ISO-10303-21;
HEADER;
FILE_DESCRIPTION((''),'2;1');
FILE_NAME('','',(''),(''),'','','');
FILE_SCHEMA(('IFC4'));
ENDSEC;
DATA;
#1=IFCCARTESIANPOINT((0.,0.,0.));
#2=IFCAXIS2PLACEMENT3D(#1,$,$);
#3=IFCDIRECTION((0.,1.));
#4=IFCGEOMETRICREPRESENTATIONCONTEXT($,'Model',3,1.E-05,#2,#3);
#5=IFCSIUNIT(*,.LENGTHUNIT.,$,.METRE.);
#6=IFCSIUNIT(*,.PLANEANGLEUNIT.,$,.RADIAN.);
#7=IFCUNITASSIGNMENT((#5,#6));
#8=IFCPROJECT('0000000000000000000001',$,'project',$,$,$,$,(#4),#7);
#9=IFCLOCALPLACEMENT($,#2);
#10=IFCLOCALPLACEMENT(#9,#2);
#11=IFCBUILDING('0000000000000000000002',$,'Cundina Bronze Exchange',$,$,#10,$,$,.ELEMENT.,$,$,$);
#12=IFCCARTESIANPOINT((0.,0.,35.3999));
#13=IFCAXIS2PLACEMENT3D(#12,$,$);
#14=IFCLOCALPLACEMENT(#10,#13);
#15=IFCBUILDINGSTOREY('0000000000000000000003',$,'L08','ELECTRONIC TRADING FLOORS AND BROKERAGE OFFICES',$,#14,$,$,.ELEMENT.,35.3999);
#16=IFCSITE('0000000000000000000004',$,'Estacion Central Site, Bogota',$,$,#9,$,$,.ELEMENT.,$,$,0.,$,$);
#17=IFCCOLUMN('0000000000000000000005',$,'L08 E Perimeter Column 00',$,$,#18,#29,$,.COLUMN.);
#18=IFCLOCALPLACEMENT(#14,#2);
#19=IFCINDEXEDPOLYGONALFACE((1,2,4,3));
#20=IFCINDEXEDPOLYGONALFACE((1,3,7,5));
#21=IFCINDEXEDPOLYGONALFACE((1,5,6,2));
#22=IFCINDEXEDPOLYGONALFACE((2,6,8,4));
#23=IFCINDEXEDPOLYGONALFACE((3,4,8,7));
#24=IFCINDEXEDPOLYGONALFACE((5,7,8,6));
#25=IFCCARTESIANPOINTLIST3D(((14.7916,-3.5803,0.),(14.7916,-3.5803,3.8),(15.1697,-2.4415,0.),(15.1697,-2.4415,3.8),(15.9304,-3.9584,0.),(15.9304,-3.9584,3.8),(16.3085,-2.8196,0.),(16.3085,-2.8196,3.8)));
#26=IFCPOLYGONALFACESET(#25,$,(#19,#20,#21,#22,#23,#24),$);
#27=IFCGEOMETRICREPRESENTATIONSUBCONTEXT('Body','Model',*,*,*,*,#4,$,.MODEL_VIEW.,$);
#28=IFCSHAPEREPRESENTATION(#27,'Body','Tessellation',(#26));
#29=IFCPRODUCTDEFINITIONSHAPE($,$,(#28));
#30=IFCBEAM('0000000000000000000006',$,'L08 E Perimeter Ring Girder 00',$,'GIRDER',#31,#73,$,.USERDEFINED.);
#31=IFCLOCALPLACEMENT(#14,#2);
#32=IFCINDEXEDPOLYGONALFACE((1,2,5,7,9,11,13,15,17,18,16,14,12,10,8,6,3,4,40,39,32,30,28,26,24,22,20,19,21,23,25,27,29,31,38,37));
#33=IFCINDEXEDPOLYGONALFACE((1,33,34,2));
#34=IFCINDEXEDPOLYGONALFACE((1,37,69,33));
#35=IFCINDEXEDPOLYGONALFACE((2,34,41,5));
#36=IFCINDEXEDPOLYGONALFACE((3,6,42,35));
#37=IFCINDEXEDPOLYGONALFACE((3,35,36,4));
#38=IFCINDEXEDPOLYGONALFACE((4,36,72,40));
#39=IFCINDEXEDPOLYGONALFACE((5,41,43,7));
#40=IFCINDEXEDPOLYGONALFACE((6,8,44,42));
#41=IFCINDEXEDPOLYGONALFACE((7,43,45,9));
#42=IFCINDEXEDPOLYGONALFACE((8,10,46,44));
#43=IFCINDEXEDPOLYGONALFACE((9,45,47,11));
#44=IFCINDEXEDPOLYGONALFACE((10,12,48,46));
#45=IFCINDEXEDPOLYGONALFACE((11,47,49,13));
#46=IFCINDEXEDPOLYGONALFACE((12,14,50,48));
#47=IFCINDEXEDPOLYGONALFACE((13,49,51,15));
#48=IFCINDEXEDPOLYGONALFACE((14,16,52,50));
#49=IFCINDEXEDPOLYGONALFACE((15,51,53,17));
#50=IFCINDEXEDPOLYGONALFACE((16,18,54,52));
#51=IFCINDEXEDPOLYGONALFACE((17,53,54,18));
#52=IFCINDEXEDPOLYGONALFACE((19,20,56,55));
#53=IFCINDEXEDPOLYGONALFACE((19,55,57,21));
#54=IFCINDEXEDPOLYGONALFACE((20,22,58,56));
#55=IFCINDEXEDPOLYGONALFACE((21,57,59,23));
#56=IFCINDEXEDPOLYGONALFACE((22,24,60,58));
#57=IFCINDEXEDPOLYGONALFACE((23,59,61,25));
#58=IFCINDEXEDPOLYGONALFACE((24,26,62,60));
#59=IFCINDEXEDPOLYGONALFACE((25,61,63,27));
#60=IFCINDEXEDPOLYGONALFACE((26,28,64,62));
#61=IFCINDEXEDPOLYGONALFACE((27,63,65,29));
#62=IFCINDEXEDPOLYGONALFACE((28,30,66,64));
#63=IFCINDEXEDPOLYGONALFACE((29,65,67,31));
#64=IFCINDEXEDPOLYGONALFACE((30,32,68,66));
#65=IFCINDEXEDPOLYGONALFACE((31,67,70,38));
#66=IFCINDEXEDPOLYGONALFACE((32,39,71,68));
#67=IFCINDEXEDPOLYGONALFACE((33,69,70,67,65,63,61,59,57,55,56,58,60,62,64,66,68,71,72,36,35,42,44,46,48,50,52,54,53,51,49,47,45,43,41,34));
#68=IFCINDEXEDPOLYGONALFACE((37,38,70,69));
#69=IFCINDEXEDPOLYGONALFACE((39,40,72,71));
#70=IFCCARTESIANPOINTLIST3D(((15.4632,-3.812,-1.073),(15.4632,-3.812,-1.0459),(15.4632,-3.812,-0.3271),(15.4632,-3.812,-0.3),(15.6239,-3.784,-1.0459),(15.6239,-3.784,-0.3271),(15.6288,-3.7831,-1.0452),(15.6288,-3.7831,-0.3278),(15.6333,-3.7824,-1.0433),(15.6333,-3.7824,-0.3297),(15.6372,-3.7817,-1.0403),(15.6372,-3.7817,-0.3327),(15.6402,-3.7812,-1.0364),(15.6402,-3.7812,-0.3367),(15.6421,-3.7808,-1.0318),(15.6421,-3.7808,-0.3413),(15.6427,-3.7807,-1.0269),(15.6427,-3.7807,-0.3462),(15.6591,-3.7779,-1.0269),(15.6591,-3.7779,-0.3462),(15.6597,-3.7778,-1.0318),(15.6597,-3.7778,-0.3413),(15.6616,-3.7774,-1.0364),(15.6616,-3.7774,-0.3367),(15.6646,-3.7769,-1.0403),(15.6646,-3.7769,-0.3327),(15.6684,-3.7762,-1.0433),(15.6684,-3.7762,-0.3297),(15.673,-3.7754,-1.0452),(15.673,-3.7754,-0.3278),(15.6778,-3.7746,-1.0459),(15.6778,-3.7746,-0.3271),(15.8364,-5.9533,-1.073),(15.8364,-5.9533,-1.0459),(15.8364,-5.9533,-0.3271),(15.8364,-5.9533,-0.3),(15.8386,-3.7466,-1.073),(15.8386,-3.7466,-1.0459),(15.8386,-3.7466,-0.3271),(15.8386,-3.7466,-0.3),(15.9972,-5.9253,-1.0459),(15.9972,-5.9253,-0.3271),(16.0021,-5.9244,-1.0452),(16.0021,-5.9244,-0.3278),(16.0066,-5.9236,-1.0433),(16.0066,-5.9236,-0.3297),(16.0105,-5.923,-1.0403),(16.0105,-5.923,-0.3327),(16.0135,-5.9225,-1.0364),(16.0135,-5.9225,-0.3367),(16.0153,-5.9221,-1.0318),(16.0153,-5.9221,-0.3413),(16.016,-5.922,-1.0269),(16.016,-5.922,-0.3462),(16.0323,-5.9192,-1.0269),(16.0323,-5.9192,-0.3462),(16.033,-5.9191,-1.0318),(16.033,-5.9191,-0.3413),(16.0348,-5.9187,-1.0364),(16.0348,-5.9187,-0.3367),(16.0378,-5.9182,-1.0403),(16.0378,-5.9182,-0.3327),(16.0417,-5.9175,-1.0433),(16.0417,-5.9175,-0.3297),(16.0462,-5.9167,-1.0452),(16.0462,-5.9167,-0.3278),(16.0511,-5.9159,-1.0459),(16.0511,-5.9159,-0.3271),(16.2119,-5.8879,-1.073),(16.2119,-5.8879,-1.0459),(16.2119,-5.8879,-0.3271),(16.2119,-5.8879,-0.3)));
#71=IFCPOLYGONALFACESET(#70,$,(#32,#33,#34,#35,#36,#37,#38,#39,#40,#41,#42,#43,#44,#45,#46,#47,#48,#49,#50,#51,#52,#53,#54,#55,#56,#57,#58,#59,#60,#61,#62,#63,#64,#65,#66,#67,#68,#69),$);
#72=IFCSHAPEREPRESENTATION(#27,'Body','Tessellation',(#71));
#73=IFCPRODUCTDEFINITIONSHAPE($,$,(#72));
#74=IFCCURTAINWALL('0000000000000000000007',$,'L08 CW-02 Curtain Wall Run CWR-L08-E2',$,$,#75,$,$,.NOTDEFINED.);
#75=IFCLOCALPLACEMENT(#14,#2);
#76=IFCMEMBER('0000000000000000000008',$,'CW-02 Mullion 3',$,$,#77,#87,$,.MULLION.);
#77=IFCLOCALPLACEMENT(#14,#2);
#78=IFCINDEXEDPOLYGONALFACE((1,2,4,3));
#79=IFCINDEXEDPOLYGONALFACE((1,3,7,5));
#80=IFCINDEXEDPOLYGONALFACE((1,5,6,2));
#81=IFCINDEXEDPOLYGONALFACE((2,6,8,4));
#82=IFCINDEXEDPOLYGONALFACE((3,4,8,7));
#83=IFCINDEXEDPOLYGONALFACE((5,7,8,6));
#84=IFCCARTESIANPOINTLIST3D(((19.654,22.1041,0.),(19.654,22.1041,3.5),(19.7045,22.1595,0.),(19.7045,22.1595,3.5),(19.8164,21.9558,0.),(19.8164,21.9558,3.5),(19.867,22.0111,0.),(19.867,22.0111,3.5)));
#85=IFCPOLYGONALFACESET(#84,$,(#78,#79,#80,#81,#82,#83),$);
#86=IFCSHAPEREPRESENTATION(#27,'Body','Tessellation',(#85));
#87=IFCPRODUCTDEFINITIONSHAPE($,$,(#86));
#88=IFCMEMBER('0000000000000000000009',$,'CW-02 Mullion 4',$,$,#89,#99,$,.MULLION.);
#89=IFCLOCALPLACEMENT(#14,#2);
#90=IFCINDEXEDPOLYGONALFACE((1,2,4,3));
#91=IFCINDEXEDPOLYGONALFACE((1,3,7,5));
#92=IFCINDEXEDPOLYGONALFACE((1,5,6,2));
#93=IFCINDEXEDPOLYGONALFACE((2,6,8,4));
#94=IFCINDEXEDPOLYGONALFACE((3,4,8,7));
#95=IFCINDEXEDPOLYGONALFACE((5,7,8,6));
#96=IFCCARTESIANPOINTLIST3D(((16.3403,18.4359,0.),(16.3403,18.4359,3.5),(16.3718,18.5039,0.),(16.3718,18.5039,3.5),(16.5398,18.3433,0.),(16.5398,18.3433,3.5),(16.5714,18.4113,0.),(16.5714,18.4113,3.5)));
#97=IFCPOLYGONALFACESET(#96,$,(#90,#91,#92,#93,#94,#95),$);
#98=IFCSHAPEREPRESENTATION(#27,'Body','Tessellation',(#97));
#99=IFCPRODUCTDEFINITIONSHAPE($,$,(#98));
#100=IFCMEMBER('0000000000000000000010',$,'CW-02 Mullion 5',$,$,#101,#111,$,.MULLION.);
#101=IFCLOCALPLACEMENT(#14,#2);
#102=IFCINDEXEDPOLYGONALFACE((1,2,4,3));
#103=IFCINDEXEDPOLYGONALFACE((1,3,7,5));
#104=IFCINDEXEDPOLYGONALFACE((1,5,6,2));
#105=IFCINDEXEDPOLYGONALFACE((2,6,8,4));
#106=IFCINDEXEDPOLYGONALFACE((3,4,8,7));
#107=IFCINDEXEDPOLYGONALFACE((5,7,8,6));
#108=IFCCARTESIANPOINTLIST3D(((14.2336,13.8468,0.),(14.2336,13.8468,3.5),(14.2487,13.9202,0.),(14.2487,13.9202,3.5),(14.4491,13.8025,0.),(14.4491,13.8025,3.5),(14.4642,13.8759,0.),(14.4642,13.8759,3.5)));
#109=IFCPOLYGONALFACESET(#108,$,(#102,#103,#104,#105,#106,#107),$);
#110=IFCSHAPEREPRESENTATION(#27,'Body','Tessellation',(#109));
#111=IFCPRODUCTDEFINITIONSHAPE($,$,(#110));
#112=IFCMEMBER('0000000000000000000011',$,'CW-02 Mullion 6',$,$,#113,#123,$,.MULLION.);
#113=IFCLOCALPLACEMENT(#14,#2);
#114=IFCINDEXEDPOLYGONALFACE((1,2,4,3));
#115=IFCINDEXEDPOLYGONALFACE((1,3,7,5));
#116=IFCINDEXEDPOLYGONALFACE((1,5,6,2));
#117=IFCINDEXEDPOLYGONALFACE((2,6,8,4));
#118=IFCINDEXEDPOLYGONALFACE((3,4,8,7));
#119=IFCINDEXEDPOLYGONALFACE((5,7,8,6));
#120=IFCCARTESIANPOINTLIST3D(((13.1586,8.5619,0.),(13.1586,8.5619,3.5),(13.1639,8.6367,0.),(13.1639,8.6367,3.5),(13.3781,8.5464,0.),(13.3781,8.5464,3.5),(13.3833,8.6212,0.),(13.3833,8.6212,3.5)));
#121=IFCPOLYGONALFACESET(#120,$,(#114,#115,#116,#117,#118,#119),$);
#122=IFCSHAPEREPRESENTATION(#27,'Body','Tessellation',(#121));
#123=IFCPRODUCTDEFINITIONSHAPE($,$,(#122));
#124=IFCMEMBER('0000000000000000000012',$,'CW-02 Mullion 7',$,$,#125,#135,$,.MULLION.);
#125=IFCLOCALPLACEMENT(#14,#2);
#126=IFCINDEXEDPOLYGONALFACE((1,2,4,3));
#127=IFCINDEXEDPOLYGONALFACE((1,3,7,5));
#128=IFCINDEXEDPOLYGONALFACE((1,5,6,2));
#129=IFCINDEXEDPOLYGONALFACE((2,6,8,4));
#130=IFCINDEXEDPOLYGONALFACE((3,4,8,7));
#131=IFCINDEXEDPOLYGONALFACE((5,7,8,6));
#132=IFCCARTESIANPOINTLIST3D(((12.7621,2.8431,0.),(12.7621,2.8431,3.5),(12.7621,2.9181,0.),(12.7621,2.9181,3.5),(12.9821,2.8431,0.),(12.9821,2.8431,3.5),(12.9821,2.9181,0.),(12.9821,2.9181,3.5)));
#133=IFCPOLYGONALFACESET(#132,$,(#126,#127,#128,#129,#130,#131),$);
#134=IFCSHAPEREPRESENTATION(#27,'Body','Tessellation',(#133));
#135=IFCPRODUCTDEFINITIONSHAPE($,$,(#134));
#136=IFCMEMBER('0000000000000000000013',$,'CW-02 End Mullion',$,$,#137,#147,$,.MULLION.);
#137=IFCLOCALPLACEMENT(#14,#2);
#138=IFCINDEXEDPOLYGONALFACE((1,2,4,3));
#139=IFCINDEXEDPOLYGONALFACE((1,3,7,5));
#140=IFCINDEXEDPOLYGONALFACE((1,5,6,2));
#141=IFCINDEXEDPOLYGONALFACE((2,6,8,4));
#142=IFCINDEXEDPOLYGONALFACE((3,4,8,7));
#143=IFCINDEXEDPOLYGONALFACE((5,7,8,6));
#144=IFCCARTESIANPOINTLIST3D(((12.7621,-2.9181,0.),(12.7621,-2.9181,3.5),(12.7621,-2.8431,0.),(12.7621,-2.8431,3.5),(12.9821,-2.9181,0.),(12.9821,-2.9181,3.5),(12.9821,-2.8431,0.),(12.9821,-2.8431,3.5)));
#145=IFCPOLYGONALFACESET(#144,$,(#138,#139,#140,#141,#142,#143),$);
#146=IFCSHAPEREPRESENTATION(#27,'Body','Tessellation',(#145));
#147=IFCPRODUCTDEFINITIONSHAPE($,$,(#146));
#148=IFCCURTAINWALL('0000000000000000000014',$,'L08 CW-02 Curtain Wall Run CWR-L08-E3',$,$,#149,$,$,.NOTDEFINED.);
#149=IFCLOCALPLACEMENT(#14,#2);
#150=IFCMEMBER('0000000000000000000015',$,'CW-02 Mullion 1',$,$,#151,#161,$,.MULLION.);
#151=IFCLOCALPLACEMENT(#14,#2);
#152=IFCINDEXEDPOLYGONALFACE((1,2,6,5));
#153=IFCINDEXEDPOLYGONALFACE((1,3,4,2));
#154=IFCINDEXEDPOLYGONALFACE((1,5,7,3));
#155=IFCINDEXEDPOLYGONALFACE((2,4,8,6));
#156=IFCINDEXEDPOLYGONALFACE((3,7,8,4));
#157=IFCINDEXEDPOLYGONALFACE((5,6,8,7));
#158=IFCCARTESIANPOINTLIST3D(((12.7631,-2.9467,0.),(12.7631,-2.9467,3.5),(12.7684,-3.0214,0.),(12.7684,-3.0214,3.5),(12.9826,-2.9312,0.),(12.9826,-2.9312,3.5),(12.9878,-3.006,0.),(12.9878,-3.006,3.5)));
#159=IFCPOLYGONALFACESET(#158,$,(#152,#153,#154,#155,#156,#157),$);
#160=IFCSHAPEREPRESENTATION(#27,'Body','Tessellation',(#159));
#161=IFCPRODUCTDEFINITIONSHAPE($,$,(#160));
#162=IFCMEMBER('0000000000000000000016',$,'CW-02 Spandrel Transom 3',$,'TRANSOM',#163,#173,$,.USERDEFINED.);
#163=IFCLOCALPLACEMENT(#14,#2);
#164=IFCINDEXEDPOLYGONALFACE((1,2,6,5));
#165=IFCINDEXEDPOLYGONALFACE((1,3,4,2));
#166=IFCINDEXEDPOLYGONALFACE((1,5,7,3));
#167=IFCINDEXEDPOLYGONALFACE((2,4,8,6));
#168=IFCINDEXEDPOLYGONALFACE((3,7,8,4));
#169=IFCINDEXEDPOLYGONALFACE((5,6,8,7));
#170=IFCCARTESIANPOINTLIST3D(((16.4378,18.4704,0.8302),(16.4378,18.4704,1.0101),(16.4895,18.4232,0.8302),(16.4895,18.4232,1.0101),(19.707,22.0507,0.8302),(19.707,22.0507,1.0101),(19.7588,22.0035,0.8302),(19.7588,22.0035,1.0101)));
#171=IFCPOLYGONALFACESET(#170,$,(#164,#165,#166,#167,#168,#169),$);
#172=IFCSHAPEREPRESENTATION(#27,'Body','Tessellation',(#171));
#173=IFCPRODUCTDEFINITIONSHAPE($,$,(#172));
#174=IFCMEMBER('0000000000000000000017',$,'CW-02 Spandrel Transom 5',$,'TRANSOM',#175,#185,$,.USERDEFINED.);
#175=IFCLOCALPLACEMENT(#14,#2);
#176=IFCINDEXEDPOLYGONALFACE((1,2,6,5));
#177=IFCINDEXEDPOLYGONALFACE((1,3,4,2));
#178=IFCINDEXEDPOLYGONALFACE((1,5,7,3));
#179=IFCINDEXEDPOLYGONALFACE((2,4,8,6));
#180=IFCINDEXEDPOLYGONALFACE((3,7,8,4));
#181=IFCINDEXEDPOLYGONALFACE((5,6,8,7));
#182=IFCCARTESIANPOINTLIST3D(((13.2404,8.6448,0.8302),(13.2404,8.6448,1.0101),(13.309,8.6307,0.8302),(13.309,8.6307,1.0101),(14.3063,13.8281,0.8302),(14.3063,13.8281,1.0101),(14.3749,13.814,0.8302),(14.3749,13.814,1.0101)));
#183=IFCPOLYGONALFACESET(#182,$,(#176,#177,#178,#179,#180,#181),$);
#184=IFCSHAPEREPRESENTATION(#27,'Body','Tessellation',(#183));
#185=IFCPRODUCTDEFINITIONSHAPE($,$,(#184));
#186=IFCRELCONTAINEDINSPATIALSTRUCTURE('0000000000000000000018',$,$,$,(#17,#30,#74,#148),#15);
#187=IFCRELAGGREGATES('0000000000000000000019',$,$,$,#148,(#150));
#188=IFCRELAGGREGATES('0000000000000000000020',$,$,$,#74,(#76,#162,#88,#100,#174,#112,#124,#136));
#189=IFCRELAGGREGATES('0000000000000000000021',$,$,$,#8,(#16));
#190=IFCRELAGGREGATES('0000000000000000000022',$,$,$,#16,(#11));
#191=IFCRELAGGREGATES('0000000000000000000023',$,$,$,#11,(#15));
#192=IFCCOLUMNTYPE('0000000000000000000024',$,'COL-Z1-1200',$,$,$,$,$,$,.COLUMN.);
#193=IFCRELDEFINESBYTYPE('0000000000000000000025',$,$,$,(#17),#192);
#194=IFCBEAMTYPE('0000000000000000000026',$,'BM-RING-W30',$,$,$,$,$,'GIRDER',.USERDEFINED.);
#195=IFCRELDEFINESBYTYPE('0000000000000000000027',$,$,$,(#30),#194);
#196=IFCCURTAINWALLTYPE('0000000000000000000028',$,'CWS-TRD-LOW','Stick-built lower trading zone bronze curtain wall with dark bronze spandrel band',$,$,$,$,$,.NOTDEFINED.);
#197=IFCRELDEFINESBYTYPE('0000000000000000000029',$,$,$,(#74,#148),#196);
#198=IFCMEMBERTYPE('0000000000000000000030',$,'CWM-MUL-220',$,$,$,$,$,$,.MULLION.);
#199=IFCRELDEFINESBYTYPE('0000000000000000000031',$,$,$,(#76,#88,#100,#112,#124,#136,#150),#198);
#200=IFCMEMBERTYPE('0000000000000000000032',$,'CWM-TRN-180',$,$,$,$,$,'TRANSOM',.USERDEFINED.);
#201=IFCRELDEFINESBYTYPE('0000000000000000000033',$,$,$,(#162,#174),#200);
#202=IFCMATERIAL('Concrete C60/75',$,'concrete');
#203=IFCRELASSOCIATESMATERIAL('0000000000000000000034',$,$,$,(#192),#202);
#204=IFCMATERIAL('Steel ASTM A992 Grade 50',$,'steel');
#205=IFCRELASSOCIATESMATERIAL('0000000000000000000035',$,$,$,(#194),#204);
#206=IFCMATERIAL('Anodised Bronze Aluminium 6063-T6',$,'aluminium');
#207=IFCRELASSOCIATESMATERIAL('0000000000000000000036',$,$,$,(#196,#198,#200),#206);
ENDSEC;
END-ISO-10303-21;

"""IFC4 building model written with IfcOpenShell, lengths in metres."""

from ifc_helpers import new_model, si_unit, direction, frame, origin, origin_2d, place, context, subcontext, project, spatial, rectangle, i_section, extrude, material, material_profile, profile_set, type_object, element, aggregate, save


model = new_model("IFC4")

# Units and contexts
model_context = context("Model", 3, precision=1e-05, world=origin(), true_north=direction((0.0, 1.0)))
body_context = subcontext(model_context, "Body", "Model", "MODEL_VIEW")
ifc_project = project(units=[si_unit("LENGTHUNIT", "METRE"), si_unit("PLANEANGLEUNIT", "RADIAN")], contexts=[model_context])

# Site, building, storey
site_placement = place(None, origin())
site = spatial("IfcSite", under=ifc_project, at=site_placement, Name="Estacion Central Site, Bogota", CompositionType="ELEMENT", RefElevation=0.0)
building_placement = place(site_placement, origin())
building = spatial("IfcBuilding", under=site, at=building_placement, Name="Cundina Bronze Exchange", CompositionType="ELEMENT")
storey_placement = place(building_placement, frame((0.0, 0.0, 35.3999)))
storey = spatial("IfcBuildingStorey", under=building, at=storey_placement, Name="L08", Description="ELECTRONIC TRADING FLOORS AND BROKERAGE OFFICES", CompositionType="ELEMENT", Elevation=35.3999)

# Column
ifc_material_1 = material(Name="Concrete C60/75", Category="concrete")
ifc_material_profile_1 = material_profile(ifc_material_1, rectangle(XDim=1.2, YDim=1.2, at=origin_2d()), Name="RC1200X1200", Category="concrete")
ifc_profile_set_1 = profile_set([ifc_material_profile_1], Name="Concrete C60/75")
column_type = type_object("IfcColumnType", Name="COL-Z1-1200", PredefinedType="COLUMN", material=ifc_profile_set_1)
column_placement = place(storey_placement, frame((15.55, -3.2, 0.0), z_axis=(0.0, 0.0, 1.0), x_axis=(-0.315152, -0.949041, 0.0)))
element("IfcColumn", 1, at=column_placement, inside=storey, type_object=column_type, Name="L08 E Perimeter Column 00", PredefinedType="COLUMN", context=body_context, shape_type="SweptSolid", body=[
    extrude(rectangle(XDim=1.2, YDim=1.2, at=origin_2d()), origin(), (0.0, 0.0, 1.0), 3.8),
])

# Beam
ifc_material_2 = material(Name="Steel ASTM A992 Grade 50", Category="steel")
ifc_material_profile_2 = material_profile(ifc_material_2, i_section(OverallWidth=0.3811, OverallDepth=0.7729, WebThickness=0.0166, FlangeThickness=0.0271, FilletRadius=0.019, at=origin_2d()), Name="W30X173", Category="steel")
ifc_profile_set_2 = profile_set([ifc_material_profile_2], Name="Steel ASTM A992 Grade 50")
beam_type = type_object("IfcBeamType", Name="BM-RING-W30", ElementType="GIRDER", PredefinedType="USERDEFINED", material=ifc_profile_set_2)
beam_placement = place(storey_placement, frame((15.6509, -3.7793, -0.6865), z_axis=(0.171735, -0.985143, 0.0), x_axis=(0.985143, 0.171735, 0.0)))
element("IfcBeam", 2, at=beam_placement, inside=storey, type_object=beam_type, Name="L08 E Perimeter Ring Girder 00", ObjectType="GIRDER", PredefinedType="USERDEFINED", context=body_context, shape_type="SweptSolid", body=[
    extrude(i_section(OverallWidth=0.3811, OverallDepth=0.7729, WebThickness=0.0166, FlangeThickness=0.0271, FilletRadius=0.019, at=origin_2d()), origin(), (0.0, 0.0, 1.0), 2.1736),
])

# Curtain wall, members
ifc_material_3 = material(Name="Anodised Bronze Aluminium 6063-T6", Category="aluminium")
curtain_wall_type = type_object("IfcCurtainWallType", Name="CWS-TRD-LOW", Description="Stick-built lower trading zone bronze curtain wall with dark bronze spandrel band", PredefinedType="NOTDEFINED", material=ifc_material_3)
curtain_wall_1_placement = place(storey_placement, origin())
curtain_wall_1 = element("IfcCurtainWall", 3, at=curtain_wall_1_placement, inside=storey, type_object=curtain_wall_type, Name="L08 CW-02 Curtain Wall Run CWR-L08-E2", PredefinedType="NOTDEFINED")
ifc_material_profile_3 = material_profile(ifc_material_3, rectangle(XDim=0.075, YDim=0.22, at=origin_2d()), Name="AL75X220", Category="aluminium")
ifc_profile_set_3 = profile_set([ifc_material_profile_3], Name="Anodised Bronze Aluminium 6063-T6")
member_type_1 = type_object("IfcMemberType", Name="CWM-MUL-220", PredefinedType="MULLION", material=ifc_profile_set_3)
member_1_placement = place(storey_placement, frame((19.7605, 22.0576, 0.0), z_axis=(0.0, 0.0, 1.0), x_axis=(-0.674302, -0.738455, 0.0)))
member_1 = element("IfcMember", 4, at=member_1_placement, type_object=member_type_1, Name="CW-02 Mullion 3", PredefinedType="MULLION", context=body_context, shape_type="SweptSolid", body=[
    extrude(rectangle(XDim=0.075, YDim=0.22, at=origin_2d()), origin(), (0.0, 0.0, 1.0), 3.5),
])
member_2_placement = place(storey_placement, frame((16.4558, 18.4236, 0.0), z_axis=(0.0, 0.0, 1.0), x_axis=(-0.420877, -0.907117, 0.0)))
member_2 = element("IfcMember", 5, at=member_2_placement, type_object=member_type_1, Name="CW-02 Mullion 4", PredefinedType="MULLION", context=body_context, shape_type="SweptSolid", body=[
    extrude(rectangle(XDim=0.075, YDim=0.22, at=origin_2d()), origin(), (0.0, 0.0, 1.0), 3.5),
])
member_3_placement = place(storey_placement, frame((14.3489, 13.8613, 0.0), z_axis=(0.0, 0.0, 1.0), x_axis=(-0.20142, -0.979505, 0.0)))
member_3 = element("IfcMember", 6, at=member_3_placement, type_object=member_type_1, Name="CW-02 Mullion 5", PredefinedType="MULLION", context=body_context, shape_type="SweptSolid", body=[
    extrude(rectangle(XDim=0.075, YDim=0.22, at=origin_2d()), origin(), (0.0, 0.0, 1.0), 3.5),
])
member_4_placement = place(storey_placement, frame((13.271, 8.5916, 0.0), z_axis=(0.0, 0.0, 1.0), x_axis=(-0.070279, -0.997527, 0.0)))
member_4 = element("IfcMember", 7, at=member_4_placement, type_object=member_type_1, Name="CW-02 Mullion 6", PredefinedType="MULLION", context=body_context, shape_type="SweptSolid", body=[
    extrude(rectangle(XDim=0.075, YDim=0.22, at=origin_2d()), origin(), (0.0, 0.0, 1.0), 3.5),
])
member_5_placement = place(storey_placement, frame((12.8721, 2.8806, 0.0), z_axis=(0.0, 0.0, 1.0), x_axis=(0.0, -1.0, 0.0)))
member_5 = element("IfcMember", 8, at=member_5_placement, type_object=member_type_1, Name="CW-02 Mullion 7", PredefinedType="MULLION", context=body_context, shape_type="SweptSolid", body=[
    extrude(rectangle(XDim=0.075, YDim=0.22, at=origin_2d()), origin(), (0.0, 0.0, 1.0), 3.5),
])
member_6_placement = place(storey_placement, frame((12.8721, -2.8806, 0.0), z_axis=(0.0, 0.0, 1.0), x_axis=(0.0, -1.0, 0.0)))
member_6 = element("IfcMember", 9, at=member_6_placement, type_object=member_type_1, Name="CW-02 End Mullion", PredefinedType="MULLION", context=body_context, shape_type="SweptSolid", body=[
    extrude(rectangle(XDim=0.075, YDim=0.22, at=origin_2d()), origin(), (0.0, 0.0, 1.0), 3.5),
])

# Curtain wall, member
curtain_wall_2_placement = place(storey_placement, origin())
curtain_wall_2 = element("IfcCurtainWall", 10, at=curtain_wall_2_placement, inside=storey, type_object=curtain_wall_type, Name="L08 CW-02 Curtain Wall Run CWR-L08-E3", PredefinedType="NOTDEFINED")
member_7_placement = place(storey_placement, frame((12.8755, -2.9763, 0.0), z_axis=(0.0, 0.0, 1.0), x_axis=(0.070279, -0.997527, 0.0)))
member_7 = element("IfcMember", 11, at=member_7_placement, type_object=member_type_1, Name="CW-02 Mullion 1", PredefinedType="MULLION", context=body_context, shape_type="SweptSolid", body=[
    extrude(rectangle(XDim=0.075, YDim=0.22, at=origin_2d()), origin(), (0.0, 0.0, 1.0), 3.5),
])

# Members
ifc_material_profile_4 = material_profile(ifc_material_3, rectangle(XDim=0.0701, YDim=0.1799, at=origin_2d()), Name="AL70X180", Category="aluminium")
ifc_profile_set_4 = profile_set([ifc_material_profile_4], Name="Anodised Bronze Aluminium 6063-T6")
member_type_2 = type_object("IfcMemberType", Name="CWM-TRN-180", ElementType="TRANSOM", PredefinedType="USERDEFINED", material=ifc_profile_set_4)
member_8_placement = place(storey_placement, frame((19.7329, 22.0271, 0.9202), z_axis=(-0.674303, -0.738455, 0.0), x_axis=(0.738455, -0.674303, 0.0)))
member_8 = element("IfcMember", 12, at=member_8_placement, type_object=member_type_2, Name="CW-02 Spandrel Transom 3", ObjectType="TRANSOM", PredefinedType="USERDEFINED", context=body_context, shape_type="SweptSolid", body=[
    extrude(rectangle(XDim=0.0701, YDim=0.1799, at=origin_2d()), origin(), (0.0, 0.0, 1.0), 4.8484),
])
member_9_placement = place(storey_placement, frame((14.3406, 13.821, 0.9202), z_axis=(-0.201428, -0.979503, 0.0), x_axis=(0.979503, -0.201428, 0.0)))
member_9 = element("IfcMember", 13, at=member_9_placement, type_object=member_type_2, Name="CW-02 Spandrel Transom 5", ObjectType="TRANSOM", PredefinedType="USERDEFINED", context=body_context, shape_type="SweptSolid", body=[
    extrude(rectangle(XDim=0.0701, YDim=0.1799, at=origin_2d()), origin(), (0.0, 0.0, 1.0), 5.2917),
])
aggregate(curtain_wall_2, [member_7])

aggregate(curtain_wall_1, [member_1, member_8, member_2, member_3, member_9, member_4, member_5, member_6])

save(model, "model.ifc")
